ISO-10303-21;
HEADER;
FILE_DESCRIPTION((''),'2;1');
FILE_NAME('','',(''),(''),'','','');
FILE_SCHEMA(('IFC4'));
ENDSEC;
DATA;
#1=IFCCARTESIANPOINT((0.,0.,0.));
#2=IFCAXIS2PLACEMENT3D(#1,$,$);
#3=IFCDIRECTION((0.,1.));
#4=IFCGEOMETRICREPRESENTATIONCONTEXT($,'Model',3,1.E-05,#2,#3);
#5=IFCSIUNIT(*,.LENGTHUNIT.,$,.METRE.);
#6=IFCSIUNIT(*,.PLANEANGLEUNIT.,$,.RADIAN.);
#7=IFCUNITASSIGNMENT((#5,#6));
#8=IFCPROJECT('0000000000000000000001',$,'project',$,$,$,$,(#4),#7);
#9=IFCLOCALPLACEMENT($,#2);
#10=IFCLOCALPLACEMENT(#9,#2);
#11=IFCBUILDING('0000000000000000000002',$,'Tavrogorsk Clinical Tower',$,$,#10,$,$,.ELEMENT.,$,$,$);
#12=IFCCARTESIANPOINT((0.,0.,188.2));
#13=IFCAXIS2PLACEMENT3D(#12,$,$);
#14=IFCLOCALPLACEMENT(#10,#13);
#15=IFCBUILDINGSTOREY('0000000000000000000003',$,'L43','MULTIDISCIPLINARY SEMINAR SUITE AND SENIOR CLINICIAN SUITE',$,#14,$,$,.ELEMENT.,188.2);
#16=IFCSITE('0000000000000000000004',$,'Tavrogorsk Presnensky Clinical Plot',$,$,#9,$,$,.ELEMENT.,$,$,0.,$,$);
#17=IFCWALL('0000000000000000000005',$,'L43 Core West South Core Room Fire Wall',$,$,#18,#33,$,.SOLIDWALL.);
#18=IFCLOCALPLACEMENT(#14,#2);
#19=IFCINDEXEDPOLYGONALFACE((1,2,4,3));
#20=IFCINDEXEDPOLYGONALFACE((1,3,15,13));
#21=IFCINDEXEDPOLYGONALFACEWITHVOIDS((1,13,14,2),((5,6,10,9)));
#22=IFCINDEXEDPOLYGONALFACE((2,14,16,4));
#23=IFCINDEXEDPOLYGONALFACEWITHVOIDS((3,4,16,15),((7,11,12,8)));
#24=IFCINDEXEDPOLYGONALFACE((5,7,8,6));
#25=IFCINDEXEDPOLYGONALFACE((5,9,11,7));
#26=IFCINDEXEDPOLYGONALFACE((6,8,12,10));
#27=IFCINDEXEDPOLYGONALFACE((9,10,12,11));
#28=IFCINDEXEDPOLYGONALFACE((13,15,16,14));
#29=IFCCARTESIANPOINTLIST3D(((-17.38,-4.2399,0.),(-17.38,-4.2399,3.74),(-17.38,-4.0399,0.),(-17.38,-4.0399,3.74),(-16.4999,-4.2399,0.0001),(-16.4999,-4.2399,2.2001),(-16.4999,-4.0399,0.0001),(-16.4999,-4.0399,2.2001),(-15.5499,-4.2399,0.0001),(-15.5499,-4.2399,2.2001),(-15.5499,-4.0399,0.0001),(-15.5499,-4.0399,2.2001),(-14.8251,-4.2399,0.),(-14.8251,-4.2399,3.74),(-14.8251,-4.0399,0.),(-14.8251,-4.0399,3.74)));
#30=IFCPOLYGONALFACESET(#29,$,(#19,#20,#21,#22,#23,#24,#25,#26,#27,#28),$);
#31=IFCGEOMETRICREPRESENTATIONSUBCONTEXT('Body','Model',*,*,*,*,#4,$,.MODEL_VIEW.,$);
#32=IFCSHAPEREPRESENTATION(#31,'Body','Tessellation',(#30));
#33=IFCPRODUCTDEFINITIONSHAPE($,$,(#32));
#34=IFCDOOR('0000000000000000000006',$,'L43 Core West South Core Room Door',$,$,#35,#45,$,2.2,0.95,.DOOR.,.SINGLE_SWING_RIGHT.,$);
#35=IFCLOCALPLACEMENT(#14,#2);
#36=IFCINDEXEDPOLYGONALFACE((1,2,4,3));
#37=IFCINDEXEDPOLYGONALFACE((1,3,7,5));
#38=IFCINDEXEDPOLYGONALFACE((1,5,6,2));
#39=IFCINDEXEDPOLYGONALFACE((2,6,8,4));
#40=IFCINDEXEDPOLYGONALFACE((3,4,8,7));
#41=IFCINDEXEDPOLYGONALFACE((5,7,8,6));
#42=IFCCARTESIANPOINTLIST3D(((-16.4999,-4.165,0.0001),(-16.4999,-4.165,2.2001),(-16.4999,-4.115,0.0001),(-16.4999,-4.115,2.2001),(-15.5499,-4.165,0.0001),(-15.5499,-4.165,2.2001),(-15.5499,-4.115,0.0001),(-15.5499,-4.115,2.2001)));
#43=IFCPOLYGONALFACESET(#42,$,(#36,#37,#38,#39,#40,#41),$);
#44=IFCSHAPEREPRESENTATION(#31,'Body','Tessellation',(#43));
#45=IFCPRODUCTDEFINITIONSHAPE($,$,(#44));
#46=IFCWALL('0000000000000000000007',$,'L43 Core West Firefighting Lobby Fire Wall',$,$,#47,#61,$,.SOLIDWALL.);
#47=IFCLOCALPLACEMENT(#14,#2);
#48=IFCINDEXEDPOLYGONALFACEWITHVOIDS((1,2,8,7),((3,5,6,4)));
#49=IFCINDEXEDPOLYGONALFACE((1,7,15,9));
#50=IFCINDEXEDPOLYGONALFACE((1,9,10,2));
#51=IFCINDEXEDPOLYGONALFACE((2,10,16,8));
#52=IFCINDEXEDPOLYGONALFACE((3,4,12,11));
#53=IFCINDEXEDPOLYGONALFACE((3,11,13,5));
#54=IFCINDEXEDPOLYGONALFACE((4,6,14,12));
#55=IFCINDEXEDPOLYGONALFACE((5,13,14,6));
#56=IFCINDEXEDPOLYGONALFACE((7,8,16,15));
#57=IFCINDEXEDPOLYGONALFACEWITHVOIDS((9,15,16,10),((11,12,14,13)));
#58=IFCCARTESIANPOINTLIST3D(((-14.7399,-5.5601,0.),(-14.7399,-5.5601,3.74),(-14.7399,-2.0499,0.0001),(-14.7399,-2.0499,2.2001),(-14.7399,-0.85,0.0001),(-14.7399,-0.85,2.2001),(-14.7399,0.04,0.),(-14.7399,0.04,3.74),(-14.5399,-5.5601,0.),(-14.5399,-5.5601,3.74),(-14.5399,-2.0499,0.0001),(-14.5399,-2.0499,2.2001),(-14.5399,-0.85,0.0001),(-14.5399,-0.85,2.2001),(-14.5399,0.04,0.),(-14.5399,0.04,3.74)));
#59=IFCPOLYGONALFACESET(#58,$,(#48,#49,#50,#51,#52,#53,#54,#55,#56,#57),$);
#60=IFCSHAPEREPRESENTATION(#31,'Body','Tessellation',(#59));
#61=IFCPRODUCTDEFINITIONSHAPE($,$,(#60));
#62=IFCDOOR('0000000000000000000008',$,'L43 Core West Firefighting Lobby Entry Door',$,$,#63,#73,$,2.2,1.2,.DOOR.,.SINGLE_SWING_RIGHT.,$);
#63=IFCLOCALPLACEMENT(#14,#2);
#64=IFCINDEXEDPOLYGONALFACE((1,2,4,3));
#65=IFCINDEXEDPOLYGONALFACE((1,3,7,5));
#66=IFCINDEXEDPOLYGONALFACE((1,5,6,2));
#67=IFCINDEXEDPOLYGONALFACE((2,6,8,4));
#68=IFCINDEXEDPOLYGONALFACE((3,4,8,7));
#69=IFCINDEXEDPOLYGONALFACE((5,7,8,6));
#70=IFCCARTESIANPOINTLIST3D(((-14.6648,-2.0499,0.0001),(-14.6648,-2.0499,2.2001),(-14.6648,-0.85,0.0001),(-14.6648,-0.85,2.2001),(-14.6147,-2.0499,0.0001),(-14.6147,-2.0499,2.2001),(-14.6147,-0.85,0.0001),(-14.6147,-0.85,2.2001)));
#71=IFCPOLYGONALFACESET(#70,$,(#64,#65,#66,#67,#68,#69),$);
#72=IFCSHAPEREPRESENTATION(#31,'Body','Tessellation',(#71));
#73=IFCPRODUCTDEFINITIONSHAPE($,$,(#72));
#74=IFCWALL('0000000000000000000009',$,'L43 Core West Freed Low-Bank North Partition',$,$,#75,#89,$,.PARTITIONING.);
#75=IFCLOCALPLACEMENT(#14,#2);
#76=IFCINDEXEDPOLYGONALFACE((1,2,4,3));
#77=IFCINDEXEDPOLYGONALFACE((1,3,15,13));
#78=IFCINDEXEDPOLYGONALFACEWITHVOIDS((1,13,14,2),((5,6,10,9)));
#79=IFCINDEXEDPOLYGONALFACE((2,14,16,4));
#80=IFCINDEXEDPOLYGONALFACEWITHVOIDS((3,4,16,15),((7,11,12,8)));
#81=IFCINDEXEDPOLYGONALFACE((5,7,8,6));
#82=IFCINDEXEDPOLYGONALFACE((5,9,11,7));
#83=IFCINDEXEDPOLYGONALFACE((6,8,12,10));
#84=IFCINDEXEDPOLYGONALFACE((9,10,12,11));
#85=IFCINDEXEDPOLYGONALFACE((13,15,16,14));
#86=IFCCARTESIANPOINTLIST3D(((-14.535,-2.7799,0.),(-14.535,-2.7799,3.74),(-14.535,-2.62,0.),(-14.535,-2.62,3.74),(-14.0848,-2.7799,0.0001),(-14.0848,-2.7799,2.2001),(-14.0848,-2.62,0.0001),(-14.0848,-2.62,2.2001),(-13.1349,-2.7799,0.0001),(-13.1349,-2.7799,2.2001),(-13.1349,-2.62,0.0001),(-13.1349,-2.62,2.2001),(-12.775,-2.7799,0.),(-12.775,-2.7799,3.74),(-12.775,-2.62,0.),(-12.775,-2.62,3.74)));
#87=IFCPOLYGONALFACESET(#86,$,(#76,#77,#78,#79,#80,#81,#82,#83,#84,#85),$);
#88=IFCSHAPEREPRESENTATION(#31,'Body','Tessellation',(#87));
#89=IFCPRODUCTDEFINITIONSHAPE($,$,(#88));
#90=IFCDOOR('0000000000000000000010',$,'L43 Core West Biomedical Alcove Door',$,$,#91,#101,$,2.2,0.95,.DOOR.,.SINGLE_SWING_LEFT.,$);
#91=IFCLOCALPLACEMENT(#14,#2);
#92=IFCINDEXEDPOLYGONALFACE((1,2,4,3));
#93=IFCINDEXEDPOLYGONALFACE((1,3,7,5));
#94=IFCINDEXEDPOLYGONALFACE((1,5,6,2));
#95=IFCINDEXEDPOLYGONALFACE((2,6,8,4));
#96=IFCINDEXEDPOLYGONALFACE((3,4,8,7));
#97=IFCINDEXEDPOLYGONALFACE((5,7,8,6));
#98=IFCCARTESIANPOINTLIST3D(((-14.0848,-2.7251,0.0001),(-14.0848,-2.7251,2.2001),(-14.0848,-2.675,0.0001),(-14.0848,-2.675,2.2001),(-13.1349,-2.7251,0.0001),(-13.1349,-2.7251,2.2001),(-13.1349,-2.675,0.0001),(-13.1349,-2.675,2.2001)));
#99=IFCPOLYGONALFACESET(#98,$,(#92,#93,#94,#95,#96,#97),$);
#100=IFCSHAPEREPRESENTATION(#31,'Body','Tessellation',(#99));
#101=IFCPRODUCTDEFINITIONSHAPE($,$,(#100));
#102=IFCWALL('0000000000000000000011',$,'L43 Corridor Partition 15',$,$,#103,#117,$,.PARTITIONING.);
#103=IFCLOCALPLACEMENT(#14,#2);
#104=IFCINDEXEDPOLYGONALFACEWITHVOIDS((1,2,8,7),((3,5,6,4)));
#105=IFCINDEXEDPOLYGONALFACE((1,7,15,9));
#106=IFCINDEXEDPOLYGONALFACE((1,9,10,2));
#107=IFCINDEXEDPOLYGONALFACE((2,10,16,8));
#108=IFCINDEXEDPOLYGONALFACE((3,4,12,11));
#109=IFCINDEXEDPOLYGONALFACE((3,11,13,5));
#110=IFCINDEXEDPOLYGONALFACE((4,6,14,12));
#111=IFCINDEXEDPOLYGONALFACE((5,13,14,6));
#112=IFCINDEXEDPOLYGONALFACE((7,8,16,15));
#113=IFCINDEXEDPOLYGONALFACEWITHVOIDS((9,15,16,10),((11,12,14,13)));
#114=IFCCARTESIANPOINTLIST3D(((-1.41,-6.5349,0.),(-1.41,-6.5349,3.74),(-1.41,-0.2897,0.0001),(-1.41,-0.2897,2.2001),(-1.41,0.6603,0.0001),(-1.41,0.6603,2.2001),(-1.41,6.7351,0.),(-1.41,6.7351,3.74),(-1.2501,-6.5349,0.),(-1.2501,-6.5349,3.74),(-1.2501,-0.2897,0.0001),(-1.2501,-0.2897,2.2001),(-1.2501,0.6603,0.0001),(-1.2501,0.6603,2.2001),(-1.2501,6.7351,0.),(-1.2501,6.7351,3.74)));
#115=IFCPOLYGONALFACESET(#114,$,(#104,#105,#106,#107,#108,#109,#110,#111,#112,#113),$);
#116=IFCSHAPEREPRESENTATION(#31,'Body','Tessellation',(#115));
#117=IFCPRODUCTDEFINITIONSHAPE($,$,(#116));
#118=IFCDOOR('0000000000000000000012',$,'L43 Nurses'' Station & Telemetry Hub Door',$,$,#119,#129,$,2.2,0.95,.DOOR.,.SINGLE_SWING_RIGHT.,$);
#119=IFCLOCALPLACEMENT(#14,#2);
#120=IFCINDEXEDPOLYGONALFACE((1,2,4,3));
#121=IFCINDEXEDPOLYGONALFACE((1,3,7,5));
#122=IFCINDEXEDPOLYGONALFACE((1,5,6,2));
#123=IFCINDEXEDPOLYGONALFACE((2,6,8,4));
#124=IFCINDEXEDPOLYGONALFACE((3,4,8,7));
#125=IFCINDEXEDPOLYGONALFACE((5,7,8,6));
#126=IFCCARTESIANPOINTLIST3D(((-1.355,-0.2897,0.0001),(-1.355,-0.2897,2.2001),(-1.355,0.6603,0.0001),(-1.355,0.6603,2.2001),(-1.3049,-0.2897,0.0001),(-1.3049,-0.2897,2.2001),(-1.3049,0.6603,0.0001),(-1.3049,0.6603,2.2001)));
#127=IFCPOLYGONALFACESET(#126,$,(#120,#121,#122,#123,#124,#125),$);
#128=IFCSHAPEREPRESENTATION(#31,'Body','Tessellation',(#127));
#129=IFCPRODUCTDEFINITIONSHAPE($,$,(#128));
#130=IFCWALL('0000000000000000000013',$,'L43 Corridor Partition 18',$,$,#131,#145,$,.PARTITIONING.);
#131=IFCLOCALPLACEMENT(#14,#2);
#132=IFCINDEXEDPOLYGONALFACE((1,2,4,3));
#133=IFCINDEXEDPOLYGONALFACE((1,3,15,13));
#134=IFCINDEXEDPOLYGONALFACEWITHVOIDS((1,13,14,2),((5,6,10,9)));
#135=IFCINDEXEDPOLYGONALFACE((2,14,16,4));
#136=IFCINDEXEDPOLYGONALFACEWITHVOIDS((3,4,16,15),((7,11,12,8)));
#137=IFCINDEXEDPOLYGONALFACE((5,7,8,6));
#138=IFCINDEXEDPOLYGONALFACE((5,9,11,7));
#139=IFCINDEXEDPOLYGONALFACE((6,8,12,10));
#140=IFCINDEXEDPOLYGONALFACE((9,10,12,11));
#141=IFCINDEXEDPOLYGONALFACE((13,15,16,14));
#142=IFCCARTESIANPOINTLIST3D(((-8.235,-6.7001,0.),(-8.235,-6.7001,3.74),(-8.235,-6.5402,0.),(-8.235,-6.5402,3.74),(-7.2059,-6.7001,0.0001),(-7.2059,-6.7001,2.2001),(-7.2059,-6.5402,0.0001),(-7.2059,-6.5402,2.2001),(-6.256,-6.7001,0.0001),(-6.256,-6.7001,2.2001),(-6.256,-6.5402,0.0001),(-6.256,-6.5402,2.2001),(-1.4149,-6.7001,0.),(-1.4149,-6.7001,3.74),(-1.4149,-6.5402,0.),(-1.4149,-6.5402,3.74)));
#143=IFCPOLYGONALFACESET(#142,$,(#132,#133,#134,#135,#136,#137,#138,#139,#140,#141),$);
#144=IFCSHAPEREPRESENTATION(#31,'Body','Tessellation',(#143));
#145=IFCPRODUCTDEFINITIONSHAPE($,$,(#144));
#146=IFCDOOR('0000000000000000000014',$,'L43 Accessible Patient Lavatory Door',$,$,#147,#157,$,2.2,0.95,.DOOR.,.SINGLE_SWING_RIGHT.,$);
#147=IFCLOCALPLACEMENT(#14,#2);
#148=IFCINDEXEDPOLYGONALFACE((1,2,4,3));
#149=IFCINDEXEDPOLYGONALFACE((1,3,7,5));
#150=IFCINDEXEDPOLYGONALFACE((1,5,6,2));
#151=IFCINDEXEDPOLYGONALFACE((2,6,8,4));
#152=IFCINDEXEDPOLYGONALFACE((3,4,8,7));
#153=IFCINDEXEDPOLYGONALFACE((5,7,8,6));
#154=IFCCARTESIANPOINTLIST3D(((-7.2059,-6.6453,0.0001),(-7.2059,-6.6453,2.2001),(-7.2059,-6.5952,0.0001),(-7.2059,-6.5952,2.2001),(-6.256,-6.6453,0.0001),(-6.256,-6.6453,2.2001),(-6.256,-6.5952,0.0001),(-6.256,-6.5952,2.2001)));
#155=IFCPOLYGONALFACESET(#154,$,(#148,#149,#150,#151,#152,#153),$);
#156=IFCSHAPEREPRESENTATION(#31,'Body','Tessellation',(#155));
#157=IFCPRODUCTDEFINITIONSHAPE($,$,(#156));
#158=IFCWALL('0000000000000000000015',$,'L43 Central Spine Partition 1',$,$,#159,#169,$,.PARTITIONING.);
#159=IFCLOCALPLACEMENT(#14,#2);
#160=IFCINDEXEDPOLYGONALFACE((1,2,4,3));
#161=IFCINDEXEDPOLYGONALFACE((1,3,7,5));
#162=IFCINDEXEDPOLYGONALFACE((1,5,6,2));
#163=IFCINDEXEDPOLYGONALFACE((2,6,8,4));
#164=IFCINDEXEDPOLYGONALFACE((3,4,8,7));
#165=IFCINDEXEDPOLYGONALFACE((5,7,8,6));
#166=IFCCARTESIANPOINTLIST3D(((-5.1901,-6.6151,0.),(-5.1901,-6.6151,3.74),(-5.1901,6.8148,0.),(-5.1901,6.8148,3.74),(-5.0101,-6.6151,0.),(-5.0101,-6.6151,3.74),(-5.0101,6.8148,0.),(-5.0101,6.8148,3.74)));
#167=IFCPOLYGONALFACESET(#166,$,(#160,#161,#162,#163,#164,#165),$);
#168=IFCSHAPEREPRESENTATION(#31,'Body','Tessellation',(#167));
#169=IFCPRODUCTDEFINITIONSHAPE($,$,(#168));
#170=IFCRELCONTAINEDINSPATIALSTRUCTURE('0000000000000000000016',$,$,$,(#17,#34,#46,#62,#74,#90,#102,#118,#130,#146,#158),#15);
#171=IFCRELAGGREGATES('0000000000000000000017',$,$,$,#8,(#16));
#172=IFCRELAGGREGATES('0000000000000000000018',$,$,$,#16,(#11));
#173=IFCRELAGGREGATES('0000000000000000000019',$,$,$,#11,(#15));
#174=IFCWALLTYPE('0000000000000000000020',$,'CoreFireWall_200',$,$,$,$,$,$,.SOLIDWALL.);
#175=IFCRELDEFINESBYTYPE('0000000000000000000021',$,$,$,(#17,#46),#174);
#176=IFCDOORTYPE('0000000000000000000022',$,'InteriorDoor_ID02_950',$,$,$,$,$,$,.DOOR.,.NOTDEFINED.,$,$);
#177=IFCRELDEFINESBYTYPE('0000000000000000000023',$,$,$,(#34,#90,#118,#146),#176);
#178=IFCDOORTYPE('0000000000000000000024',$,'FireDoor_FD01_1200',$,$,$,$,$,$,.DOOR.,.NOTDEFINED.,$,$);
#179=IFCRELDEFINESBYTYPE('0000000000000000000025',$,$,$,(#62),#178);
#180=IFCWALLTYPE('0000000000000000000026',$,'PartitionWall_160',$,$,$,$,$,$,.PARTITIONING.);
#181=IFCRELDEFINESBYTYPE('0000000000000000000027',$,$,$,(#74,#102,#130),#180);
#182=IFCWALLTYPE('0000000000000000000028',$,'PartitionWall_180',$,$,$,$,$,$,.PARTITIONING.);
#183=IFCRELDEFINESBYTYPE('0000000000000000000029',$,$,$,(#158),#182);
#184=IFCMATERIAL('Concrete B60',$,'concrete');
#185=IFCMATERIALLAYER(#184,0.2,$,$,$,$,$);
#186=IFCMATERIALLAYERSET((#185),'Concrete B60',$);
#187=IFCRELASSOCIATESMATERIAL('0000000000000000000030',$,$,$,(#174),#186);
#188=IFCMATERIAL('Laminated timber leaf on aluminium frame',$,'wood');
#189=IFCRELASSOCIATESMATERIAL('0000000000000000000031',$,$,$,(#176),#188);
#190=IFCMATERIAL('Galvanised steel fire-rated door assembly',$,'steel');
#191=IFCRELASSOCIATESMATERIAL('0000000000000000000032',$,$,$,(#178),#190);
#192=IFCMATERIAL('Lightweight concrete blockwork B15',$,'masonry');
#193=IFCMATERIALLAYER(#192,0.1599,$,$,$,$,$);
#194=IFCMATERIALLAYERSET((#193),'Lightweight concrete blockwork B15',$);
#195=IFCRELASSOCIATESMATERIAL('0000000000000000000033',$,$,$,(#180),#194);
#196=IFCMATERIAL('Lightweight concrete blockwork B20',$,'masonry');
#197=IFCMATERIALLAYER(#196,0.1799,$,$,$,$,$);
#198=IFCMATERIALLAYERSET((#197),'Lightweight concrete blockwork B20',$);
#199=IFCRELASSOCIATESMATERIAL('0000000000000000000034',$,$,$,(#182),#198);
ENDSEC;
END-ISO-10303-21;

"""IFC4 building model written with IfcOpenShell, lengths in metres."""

from ifc_helpers import new_model, si_unit, direction, frame, frame_2d, origin, place, context, subcontext, project, spatial, rectangle, extrude, material, layer, layer_set, type_object, element, fill, save


model = new_model("IFC4")

# Units and contexts
model_context = context("Model", 3, precision=1e-05, world=origin(), true_north=direction((0.0, 1.0)))
body_context = subcontext(model_context, "Body", "Model", "MODEL_VIEW")
ifc_project = project(units=[si_unit("LENGTHUNIT", "METRE"), si_unit("PLANEANGLEUNIT", "RADIAN")], contexts=[model_context])

# Site, building, storey
site_placement = place(None, origin())
site = spatial("IfcSite", under=ifc_project, at=site_placement, Name="Tavrogorsk Presnensky Clinical Plot", CompositionType="ELEMENT", RefElevation=0.0)
building_placement = place(site_placement, origin())
building = spatial("IfcBuilding", under=site, at=building_placement, Name="Tavrogorsk Clinical Tower", CompositionType="ELEMENT")
storey_placement = place(building_placement, frame((0.0, 0.0, 188.2)))
storey = spatial("IfcBuildingStorey", under=building, at=storey_placement, Name="L43", Description="MULTIDISCIPLINARY SEMINAR SUITE AND SENIOR CLINICIAN SUITE", CompositionType="ELEMENT", Elevation=188.2)

# Walls, openings, doors
ifc_material_1 = material(Name="Concrete B60", Category="concrete")
ifc_layer_1 = layer(ifc_material_1, 0.2)
ifc_layer_set_1 = layer_set([ifc_layer_1], Name="Concrete B60")
wall_type_1 = type_object("IfcWallType", Name="CoreFireWall_200", PredefinedType="SOLIDWALL", material=ifc_layer_set_1)
wall_1_placement = place(storey_placement, frame((-17.3799, -4.1399, 0.0), z_axis=(0.0, 0.0, 1.0), x_axis=(1.0, 0.0, 0.0)))
wall_1 = element("IfcWall", 1, at=wall_1_placement, inside=storey, type_object=wall_type_1, Name="L43 Core West South Core Room Fire Wall", PredefinedType="SOLIDWALL", context=body_context, shape_type="SweptSolid", body=[
    extrude(rectangle(XDim=2.5549, YDim=0.2, at=frame_2d((1.2773, 0.0))), origin(), (0.0, 0.0, 1.0), 3.74),
])
opening_1_placement = place(wall_1_placement, frame((0.8799, 0.0, 0.0)))
opening_1 = element("IfcOpeningElement", 2, at=opening_1_placement, cuts=wall_1, PredefinedType="OPENING", context=body_context, shape_type="SweptSolid", body=[
    extrude(rectangle(XDim=0.95, YDim=2.2, at=frame_2d((0.4751, 1.1001))), frame((0.0, 0.1099, 0.0), z_axis=(0.0, -1.0, 0.0), x_axis=(1.0, 0.0, 0.0)), (0.0, 0.0, 1.0), 0.22),
])
ifc_material_2 = material(Name="Laminated timber leaf on aluminium frame", Category="wood")
door_type_1 = type_object("IfcDoorType", Name="InteriorDoor_ID02_950", OperationType="NOTDEFINED", PredefinedType="DOOR", material=ifc_material_2)
door_1_placement = place(opening_1_placement, origin())
door_1 = element("IfcDoor", 3, at=door_1_placement, inside=storey, type_object=door_type_1, Name="L43 Core West South Core Room Door", OperationType="SINGLE_SWING_RIGHT", OverallHeight=2.2, OverallWidth=0.95, PredefinedType="DOOR", context=body_context, shape_type="SweptSolid", body=[
    extrude(rectangle(XDim=0.95, YDim=2.2, at=frame_2d((0.4751, 1.1001))), frame((0.0, 0.0249, 0.0), z_axis=(0.0, -1.0, 0.0), x_axis=(1.0, 0.0, 0.0)), (0.0, 0.0, 1.0), 0.05),
])
fill(opening_1, door_1)
wall_2_placement = place(storey_placement, frame((-14.6399, -5.5601, 0.0), z_axis=(0.0, 0.0, 1.0), x_axis=(0.0, 1.0, 0.0)))
wall_2 = element("IfcWall", 4, at=wall_2_placement, inside=storey, type_object=wall_type_1, Name="L43 Core West Firefighting Lobby Fire Wall", PredefinedType="SOLIDWALL", context=body_context, shape_type="SweptSolid", body=[
    extrude(rectangle(XDim=5.6001, YDim=0.2, at=frame_2d((2.8, 0.0))), origin(), (0.0, 0.0, 1.0), 3.74),
])
opening_2_placement = place(wall_2_placement, frame((3.51, 0.0, 0.0)))
opening_2 = element("IfcOpeningElement", 5, at=opening_2_placement, cuts=wall_2, PredefinedType="OPENING", context=body_context, shape_type="SweptSolid", body=[
    extrude(rectangle(XDim=1.2, YDim=2.2, at=frame_2d((0.6001, 1.1001))), frame((0.0, 0.1099, 0.0), z_axis=(0.0, -1.0, 0.0), x_axis=(1.0, 0.0, 0.0)), (0.0, 0.0, 1.0), 0.22),
])
ifc_material_3 = material(Name="Galvanised steel fire-rated door assembly", Category="steel")
door_type_2 = type_object("IfcDoorType", Name="FireDoor_FD01_1200", OperationType="NOTDEFINED", PredefinedType="DOOR", material=ifc_material_3)
door_2_placement = place(opening_2_placement, origin())
door_2 = element("IfcDoor", 6, at=door_2_placement, inside=storey, type_object=door_type_2, Name="L43 Core West Firefighting Lobby Entry Door", OperationType="SINGLE_SWING_RIGHT", OverallHeight=2.2, OverallWidth=1.2, PredefinedType="DOOR", context=body_context, shape_type="SweptSolid", body=[
    extrude(rectangle(XDim=1.2, YDim=2.2, at=frame_2d((0.6001, 1.1001))), frame((0.0, 0.0249, 0.0), z_axis=(0.0, -1.0, 0.0), x_axis=(1.0, 0.0, 0.0)), (0.0, 0.0, 1.0), 0.05),
])
fill(opening_2, door_2)
ifc_material_4 = material(Name="Lightweight concrete blockwork B15", Category="masonry")
ifc_layer_2 = layer(ifc_material_4, 0.1599)
ifc_layer_set_2 = layer_set([ifc_layer_2], Name="Lightweight concrete blockwork B15")
wall_type_2 = type_object("IfcWallType", Name="PartitionWall_160", PredefinedType="PARTITIONING", material=ifc_layer_set_2)
wall_3_placement = place(storey_placement, frame((-14.5349, -2.7, 0.0), z_axis=(0.0, 0.0, 1.0), x_axis=(1.0, 0.0, 0.0)))
wall_3 = element("IfcWall", 7, at=wall_3_placement, inside=storey, type_object=wall_type_2, Name="L43 Core West Freed Low-Bank North Partition", PredefinedType="PARTITIONING", context=body_context, shape_type="SweptSolid", body=[
    extrude(rectangle(XDim=1.76, YDim=0.1599, at=frame_2d((0.8799, 0.0))), origin(), (0.0, 0.0, 1.0), 3.74),
])
opening_3_placement = place(wall_3_placement, frame((0.45, 0.0, 0.0)))
opening_3 = element("IfcOpeningElement", 8, at=opening_3_placement, cuts=wall_3, PredefinedType="OPENING", context=body_context, shape_type="SweptSolid", body=[
    extrude(rectangle(XDim=0.95, YDim=2.2, at=frame_2d((0.4751, 1.1001))), frame((0.0, 0.0898, 0.0), z_axis=(0.0, -1.0, 0.0), x_axis=(1.0, 0.0, 0.0)), (0.0, 0.0, 1.0), 0.1799),
])
door_3_placement = place(opening_3_placement, origin())
door_3 = element("IfcDoor", 9, at=door_3_placement, inside=storey, type_object=door_type_1, Name="L43 Core West Biomedical Alcove Door", OperationType="SINGLE_SWING_LEFT", OverallHeight=2.2, OverallWidth=0.95, PredefinedType="DOOR", context=body_context, shape_type="SweptSolid", body=[
    extrude(rectangle(XDim=0.95, YDim=2.2, at=frame_2d((0.4751, 1.1001))), frame((0.0, 0.0249, 0.0), z_axis=(0.0, -1.0, 0.0), x_axis=(1.0, 0.0, 0.0)), (0.0, 0.0, 1.0), 0.05),
])
fill(opening_3, door_3)
wall_4_placement = place(storey_placement, frame((-1.3301, -6.5349, 0.0), z_axis=(0.0, 0.0, 1.0), x_axis=(0.0, 1.0, 0.0)))
wall_4 = element("IfcWall", 10, at=wall_4_placement, inside=storey, type_object=wall_type_2, Name="L43 Corridor Partition 15", PredefinedType="PARTITIONING", context=body_context, shape_type="SweptSolid", body=[
    extrude(rectangle(XDim=13.27, YDim=0.1599, at=frame_2d((6.635, 0.0))), origin(), (0.0, 0.0, 1.0), 3.74),
])
opening_4_placement = place(wall_4_placement, frame((6.2451, 0.0, 0.0)))
opening_4 = element("IfcOpeningElement", 11, at=opening_4_placement, cuts=wall_4, PredefinedType="OPENING", context=body_context, shape_type="SweptSolid", body=[
    extrude(rectangle(XDim=0.95, YDim=2.2, at=frame_2d((0.4751, 1.1001))), frame((0.0, 0.0898, 0.0), z_axis=(0.0, -1.0, 0.0), x_axis=(1.0, 0.0, 0.0)), (0.0, 0.0, 1.0), 0.1799),
])
door_4_placement = place(opening_4_placement, origin())
door_4 = element("IfcDoor", 12, at=door_4_placement, inside=storey, type_object=door_type_1, Name="L43 Nurses' Station & Telemetry Hub Door", OperationType="SINGLE_SWING_RIGHT", OverallHeight=2.2, OverallWidth=0.95, PredefinedType="DOOR", context=body_context, shape_type="SweptSolid", body=[
    extrude(rectangle(XDim=0.95, YDim=2.2, at=frame_2d((0.4751, 1.1001))), frame((0.0, 0.0249, 0.0), z_axis=(0.0, -1.0, 0.0), x_axis=(1.0, 0.0, 0.0)), (0.0, 0.0, 1.0), 0.05),
])
fill(opening_4, door_4)
wall_5_placement = place(storey_placement, frame((-8.2351, -6.6201, 0.0), z_axis=(0.0, 0.0, 1.0), x_axis=(1.0, 0.0, 0.0)))
wall_5 = element("IfcWall", 13, at=wall_5_placement, inside=storey, type_object=wall_type_2, Name="L43 Corridor Partition 18", PredefinedType="PARTITIONING", context=body_context, shape_type="SweptSolid", body=[
    extrude(rectangle(XDim=6.8201, YDim=0.1599, at=frame_2d((3.4102, 0.0))), origin(), (0.0, 0.0, 1.0), 3.74),
])
opening_5_placement = place(wall_5_placement, frame((1.0291, 0.0, 0.0)))
opening_5 = element("IfcOpeningElement", 14, at=opening_5_placement, cuts=wall_5, PredefinedType="OPENING", context=body_context, shape_type="SweptSolid", body=[
    extrude(rectangle(XDim=0.95, YDim=2.2, at=frame_2d((0.4751, 1.1001))), frame((0.0, 0.0898, 0.0), z_axis=(0.0, -1.0, 0.0), x_axis=(1.0, 0.0, 0.0)), (0.0, 0.0, 1.0), 0.1799),
])
door_5_placement = place(opening_5_placement, origin())
door_5 = element("IfcDoor", 15, at=door_5_placement, inside=storey, type_object=door_type_1, Name="L43 Accessible Patient Lavatory Door", OperationType="SINGLE_SWING_RIGHT", OverallHeight=2.2, OverallWidth=0.95, PredefinedType="DOOR", context=body_context, shape_type="SweptSolid", body=[
    extrude(rectangle(XDim=0.95, YDim=2.2, at=frame_2d((0.4751, 1.1001))), frame((0.0, 0.0249, 0.0), z_axis=(0.0, -1.0, 0.0), x_axis=(1.0, 0.0, 0.0)), (0.0, 0.0, 1.0), 0.05),
])
fill(opening_5, door_5)

# Wall
ifc_material_5 = material(Name="Lightweight concrete blockwork B20", Category="masonry")
ifc_layer_3 = layer(ifc_material_5, 0.1799)
ifc_layer_set_3 = layer_set([ifc_layer_3], Name="Lightweight concrete blockwork B20")
wall_type_3 = type_object("IfcWallType", Name="PartitionWall_180", PredefinedType="PARTITIONING", material=ifc_layer_set_3)
wall_6_placement = place(storey_placement, frame((-5.1001, -6.615, 0.0), z_axis=(0.0, 0.0, 1.0), x_axis=(0.0, 1.0, 0.0)))
element("IfcWall", 16, at=wall_6_placement, inside=storey, type_object=wall_type_3, Name="L43 Central Spine Partition 1", PredefinedType="PARTITIONING", context=body_context, shape_type="SweptSolid", body=[
    extrude(rectangle(XDim=13.4299, YDim=0.1799, at=frame_2d((6.7148, 0.0))), origin(), (0.0, 0.0, 1.0), 3.74),
])

save(model, "model.ifc")
